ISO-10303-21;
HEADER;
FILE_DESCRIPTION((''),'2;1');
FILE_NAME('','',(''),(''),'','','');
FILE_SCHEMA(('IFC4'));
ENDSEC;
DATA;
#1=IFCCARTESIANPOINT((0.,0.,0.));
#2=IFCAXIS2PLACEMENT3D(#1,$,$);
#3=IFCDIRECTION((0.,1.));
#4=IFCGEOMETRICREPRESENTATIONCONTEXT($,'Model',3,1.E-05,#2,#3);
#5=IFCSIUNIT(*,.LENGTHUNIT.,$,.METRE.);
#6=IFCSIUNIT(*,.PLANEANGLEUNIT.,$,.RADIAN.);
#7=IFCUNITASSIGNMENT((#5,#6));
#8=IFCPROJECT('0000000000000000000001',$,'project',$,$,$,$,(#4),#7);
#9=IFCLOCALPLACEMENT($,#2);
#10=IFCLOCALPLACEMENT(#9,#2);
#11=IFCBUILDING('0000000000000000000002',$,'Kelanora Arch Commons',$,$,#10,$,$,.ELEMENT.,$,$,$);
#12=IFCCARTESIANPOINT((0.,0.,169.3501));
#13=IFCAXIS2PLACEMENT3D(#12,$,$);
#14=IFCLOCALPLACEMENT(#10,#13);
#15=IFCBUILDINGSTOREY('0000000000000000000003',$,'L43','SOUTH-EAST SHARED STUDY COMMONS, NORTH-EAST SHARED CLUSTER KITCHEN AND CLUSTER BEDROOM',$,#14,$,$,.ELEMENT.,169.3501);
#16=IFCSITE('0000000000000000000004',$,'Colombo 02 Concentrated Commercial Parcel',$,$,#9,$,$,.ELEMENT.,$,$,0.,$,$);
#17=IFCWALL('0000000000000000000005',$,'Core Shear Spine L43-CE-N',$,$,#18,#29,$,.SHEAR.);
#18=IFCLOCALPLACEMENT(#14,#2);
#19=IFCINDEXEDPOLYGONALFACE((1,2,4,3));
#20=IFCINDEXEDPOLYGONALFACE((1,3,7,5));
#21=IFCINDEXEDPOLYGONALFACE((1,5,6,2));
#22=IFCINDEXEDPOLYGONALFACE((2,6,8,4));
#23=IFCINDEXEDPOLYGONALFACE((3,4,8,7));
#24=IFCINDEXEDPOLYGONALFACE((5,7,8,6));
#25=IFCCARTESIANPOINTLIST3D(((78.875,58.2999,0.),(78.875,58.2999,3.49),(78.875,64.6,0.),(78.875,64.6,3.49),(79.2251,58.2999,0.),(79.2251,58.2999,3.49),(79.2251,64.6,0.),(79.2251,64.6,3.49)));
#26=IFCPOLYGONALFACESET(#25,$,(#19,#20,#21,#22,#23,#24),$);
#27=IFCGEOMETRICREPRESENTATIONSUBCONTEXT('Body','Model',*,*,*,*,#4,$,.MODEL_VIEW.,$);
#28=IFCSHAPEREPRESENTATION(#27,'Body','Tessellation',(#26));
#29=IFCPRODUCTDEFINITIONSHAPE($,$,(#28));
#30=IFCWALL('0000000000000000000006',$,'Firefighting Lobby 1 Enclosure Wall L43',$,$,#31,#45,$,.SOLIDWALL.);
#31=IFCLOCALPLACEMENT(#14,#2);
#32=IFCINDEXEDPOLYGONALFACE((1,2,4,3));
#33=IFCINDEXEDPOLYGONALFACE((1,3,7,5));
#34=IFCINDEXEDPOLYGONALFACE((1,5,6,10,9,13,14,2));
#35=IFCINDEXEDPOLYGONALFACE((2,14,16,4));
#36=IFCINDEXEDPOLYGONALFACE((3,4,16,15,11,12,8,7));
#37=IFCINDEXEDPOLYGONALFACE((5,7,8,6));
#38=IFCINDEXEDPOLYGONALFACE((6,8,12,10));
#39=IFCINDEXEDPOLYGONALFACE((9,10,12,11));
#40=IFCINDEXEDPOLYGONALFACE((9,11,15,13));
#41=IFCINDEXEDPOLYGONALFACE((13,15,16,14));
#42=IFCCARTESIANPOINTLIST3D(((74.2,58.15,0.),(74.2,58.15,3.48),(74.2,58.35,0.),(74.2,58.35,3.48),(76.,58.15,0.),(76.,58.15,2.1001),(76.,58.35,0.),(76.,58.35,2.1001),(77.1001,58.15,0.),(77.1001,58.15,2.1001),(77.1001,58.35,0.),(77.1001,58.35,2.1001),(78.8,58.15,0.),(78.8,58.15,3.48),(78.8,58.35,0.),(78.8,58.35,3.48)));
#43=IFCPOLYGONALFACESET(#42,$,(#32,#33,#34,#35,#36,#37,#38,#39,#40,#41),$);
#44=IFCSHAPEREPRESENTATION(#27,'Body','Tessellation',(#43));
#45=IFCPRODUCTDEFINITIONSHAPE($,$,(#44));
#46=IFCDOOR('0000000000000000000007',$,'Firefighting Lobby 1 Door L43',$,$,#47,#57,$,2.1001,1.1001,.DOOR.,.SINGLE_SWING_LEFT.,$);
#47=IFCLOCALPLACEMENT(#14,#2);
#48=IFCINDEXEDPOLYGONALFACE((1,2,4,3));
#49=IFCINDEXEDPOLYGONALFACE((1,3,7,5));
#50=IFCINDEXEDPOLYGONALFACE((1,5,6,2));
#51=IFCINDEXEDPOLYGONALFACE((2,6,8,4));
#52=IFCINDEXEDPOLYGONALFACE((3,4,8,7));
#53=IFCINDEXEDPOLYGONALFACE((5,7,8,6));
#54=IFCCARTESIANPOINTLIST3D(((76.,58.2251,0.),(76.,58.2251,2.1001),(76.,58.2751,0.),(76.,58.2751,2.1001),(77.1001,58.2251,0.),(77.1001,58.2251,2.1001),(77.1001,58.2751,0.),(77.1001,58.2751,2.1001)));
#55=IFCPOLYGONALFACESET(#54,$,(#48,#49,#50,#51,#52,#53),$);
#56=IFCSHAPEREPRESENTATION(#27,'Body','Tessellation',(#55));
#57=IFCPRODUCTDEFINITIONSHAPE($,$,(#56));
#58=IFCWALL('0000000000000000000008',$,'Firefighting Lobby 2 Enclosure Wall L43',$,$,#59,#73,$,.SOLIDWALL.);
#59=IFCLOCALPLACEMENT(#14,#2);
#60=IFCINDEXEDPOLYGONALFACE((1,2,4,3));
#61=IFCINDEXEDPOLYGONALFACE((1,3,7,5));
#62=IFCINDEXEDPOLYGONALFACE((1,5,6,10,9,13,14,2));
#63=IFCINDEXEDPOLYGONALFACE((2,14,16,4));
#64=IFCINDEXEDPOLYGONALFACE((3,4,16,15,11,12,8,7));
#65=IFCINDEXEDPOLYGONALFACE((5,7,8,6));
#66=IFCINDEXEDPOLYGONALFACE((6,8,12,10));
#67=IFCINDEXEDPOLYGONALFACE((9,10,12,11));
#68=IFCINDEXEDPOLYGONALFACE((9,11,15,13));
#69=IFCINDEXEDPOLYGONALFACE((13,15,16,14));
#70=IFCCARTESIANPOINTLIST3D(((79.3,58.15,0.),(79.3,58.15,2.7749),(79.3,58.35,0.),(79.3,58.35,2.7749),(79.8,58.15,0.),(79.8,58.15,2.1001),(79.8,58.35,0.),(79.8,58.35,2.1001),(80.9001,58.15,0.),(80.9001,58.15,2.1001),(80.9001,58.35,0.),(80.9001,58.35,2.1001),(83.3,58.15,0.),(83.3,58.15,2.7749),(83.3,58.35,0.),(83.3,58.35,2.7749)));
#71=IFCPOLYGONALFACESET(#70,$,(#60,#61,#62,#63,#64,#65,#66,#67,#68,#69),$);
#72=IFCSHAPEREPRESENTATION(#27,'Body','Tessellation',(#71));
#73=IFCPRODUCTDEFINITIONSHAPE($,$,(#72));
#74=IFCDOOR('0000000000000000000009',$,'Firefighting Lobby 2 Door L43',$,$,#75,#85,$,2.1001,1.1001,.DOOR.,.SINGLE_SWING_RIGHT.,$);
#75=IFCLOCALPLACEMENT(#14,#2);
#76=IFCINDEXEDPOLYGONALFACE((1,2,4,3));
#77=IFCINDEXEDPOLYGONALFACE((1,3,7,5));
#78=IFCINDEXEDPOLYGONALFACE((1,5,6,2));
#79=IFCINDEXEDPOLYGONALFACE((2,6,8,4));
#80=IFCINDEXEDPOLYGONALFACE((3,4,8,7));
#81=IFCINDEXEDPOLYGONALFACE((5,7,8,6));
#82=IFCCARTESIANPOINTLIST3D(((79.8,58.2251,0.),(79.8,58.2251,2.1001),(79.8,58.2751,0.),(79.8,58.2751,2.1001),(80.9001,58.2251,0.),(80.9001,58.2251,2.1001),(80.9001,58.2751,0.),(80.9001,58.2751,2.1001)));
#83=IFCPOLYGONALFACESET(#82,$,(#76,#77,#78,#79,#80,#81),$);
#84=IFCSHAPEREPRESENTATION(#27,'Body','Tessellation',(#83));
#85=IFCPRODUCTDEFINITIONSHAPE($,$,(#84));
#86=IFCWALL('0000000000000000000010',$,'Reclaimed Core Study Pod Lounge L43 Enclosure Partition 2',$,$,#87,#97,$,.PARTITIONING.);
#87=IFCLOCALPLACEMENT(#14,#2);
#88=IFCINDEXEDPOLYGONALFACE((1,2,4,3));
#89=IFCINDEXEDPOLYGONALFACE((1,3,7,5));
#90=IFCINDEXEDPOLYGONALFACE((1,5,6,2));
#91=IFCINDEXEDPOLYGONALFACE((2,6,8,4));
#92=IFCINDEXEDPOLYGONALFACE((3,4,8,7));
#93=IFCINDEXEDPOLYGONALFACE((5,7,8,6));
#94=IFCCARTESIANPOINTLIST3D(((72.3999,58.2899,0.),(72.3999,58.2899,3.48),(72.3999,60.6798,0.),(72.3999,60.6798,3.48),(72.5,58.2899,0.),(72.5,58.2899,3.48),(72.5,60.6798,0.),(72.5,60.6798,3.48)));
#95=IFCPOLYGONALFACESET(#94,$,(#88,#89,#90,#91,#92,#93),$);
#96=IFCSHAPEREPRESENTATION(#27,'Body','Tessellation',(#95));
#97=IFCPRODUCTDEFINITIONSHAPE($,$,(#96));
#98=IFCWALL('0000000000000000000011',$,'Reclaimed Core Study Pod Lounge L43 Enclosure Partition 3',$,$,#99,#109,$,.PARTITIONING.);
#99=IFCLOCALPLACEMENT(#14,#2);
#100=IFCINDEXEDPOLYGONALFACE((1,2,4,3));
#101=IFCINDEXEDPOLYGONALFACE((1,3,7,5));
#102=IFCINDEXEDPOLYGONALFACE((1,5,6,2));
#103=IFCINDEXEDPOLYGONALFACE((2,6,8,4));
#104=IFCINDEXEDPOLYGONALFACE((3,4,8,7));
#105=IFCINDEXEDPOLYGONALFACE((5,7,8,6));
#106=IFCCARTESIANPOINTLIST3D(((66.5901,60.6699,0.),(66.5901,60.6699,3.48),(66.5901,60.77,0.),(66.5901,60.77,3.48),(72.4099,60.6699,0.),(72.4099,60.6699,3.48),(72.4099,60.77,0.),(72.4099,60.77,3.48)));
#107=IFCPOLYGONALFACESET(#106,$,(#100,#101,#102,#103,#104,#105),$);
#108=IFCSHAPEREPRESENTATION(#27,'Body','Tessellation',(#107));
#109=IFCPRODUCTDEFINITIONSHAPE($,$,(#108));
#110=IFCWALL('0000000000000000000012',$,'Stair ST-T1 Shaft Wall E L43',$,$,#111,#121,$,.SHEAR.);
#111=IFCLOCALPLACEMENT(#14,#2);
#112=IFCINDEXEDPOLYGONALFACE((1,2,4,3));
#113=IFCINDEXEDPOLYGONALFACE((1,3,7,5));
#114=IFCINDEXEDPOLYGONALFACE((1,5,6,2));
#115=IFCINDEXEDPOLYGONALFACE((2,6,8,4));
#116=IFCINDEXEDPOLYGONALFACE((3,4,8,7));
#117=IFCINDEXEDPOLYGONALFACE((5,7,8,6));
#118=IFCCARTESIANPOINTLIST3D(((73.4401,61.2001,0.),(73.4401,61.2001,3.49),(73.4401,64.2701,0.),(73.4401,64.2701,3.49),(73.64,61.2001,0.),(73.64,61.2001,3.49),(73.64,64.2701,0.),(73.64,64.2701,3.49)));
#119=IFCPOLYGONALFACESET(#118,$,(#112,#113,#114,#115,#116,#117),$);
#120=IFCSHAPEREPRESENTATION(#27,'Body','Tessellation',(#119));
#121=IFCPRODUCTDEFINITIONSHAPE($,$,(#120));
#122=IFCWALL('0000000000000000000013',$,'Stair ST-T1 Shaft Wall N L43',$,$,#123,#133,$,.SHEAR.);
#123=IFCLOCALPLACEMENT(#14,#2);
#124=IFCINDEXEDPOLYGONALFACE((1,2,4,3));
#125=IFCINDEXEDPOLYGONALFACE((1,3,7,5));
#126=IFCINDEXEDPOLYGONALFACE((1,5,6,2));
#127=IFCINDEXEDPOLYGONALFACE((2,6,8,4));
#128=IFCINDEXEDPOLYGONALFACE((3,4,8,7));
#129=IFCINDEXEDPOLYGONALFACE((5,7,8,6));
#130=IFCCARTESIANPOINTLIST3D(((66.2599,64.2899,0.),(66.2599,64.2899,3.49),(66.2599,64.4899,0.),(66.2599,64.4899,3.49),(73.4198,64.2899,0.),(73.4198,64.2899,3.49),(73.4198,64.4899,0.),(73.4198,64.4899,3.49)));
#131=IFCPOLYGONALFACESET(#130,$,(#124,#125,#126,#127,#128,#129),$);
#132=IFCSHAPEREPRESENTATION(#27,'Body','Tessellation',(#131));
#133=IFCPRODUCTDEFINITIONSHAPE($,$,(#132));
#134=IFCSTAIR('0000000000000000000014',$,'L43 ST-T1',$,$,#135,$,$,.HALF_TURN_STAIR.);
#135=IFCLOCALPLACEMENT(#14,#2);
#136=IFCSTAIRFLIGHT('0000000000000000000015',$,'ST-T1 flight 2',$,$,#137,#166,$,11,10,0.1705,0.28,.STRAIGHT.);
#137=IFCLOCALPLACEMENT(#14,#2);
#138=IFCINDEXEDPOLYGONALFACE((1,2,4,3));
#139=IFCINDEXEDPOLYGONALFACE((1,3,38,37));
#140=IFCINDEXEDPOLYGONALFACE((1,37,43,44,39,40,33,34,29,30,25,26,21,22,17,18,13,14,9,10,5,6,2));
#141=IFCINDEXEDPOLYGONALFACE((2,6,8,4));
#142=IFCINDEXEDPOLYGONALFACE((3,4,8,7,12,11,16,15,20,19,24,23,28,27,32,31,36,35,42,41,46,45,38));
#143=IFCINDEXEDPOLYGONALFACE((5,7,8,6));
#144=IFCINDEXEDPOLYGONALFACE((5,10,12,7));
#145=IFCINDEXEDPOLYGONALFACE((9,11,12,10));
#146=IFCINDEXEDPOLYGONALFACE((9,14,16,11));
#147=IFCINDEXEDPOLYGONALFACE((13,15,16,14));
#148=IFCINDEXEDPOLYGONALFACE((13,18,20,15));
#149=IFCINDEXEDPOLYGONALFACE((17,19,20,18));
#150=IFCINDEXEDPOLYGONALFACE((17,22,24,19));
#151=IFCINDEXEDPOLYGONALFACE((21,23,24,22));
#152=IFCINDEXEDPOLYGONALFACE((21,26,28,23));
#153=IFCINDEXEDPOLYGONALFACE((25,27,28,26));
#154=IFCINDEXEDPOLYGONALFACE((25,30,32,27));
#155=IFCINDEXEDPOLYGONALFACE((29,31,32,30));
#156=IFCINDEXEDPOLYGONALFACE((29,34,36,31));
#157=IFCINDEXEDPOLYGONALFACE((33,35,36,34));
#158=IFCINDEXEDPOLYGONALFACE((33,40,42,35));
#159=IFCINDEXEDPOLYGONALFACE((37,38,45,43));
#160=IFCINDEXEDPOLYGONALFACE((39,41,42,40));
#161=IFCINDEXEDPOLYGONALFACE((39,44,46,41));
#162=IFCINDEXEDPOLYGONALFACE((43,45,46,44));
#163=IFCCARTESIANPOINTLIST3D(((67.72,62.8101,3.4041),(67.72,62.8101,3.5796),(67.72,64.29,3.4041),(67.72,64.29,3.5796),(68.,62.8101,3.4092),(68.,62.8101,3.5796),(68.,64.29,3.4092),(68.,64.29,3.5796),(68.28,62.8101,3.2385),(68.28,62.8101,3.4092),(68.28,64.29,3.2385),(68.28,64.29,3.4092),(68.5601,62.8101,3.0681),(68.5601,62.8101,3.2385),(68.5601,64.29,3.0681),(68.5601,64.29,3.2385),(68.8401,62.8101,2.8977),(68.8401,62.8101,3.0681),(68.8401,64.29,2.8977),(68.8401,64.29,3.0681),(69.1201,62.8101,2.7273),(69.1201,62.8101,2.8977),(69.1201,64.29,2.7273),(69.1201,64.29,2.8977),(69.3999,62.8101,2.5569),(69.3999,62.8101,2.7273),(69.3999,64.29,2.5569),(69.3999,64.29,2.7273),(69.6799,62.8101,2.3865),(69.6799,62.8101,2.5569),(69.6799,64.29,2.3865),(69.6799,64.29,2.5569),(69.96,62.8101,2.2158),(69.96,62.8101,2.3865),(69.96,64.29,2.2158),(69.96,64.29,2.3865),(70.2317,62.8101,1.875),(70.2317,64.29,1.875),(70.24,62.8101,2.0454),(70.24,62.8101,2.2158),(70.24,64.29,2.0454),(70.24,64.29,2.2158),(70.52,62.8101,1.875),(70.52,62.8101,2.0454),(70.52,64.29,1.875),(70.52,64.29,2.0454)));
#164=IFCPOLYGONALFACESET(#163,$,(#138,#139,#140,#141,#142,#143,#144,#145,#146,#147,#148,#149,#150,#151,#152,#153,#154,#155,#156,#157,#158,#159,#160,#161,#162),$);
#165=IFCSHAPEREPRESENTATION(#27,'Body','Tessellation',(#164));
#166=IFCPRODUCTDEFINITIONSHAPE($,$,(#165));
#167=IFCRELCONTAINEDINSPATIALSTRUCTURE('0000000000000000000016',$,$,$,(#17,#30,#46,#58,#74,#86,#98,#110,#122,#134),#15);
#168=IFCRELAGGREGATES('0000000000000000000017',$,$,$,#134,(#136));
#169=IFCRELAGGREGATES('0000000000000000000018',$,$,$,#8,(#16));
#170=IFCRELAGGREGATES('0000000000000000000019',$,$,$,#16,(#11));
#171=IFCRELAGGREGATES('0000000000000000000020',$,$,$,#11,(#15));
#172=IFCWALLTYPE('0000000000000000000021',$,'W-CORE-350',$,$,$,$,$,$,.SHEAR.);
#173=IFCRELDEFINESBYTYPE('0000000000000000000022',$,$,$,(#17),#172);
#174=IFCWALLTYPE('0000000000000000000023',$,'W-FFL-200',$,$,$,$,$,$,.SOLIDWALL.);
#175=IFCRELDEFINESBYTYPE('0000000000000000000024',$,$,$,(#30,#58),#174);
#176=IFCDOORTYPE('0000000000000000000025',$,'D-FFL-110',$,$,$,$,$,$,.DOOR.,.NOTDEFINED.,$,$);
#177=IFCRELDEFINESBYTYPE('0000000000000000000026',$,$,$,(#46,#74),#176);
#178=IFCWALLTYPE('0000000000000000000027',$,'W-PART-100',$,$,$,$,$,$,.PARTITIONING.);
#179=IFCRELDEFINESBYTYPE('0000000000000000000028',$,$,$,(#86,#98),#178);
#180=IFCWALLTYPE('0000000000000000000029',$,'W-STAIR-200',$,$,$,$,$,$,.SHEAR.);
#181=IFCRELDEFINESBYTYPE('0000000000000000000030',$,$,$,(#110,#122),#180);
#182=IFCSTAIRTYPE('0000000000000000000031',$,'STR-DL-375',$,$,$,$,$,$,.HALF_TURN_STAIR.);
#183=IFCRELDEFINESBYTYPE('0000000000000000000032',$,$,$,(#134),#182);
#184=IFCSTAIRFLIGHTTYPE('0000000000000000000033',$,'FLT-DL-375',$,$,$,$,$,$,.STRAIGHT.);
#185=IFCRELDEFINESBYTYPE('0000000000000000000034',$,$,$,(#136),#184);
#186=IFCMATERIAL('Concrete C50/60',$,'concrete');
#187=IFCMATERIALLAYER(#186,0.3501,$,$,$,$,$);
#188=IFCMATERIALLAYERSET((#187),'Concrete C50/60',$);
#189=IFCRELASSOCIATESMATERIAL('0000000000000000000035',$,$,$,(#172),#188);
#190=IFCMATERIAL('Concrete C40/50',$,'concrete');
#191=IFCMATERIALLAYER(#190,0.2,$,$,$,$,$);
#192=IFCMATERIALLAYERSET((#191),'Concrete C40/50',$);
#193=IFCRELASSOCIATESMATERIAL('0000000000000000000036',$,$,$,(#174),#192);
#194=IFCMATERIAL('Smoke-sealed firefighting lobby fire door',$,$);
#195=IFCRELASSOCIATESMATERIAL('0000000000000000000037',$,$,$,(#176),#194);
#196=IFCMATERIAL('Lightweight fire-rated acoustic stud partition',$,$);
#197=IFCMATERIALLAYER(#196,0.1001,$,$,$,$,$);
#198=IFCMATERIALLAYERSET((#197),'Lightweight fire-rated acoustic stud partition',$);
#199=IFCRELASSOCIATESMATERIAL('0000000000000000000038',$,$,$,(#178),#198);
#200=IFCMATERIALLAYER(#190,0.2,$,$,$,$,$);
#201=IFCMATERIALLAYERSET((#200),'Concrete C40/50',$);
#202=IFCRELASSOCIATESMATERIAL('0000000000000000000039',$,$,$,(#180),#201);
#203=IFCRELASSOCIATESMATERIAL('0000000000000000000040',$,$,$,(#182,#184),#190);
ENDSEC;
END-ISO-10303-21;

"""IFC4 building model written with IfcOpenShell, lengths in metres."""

from ifc_helpers import new_model, si_unit, direction, frame, frame_2d, origin, place, context, subcontext, project, spatial, polyline, rectangle, outline, extrude, material, layer, layer_set, type_object, element, fill, aggregate, save


model = new_model("IFC4")

# Units and contexts
model_context = context("Model", 3, precision=1e-05, world=origin(), true_north=direction((0.0, 1.0)))
body_context = subcontext(model_context, "Body", "Model", "MODEL_VIEW")
ifc_project = project(units=[si_unit("LENGTHUNIT", "METRE"), si_unit("PLANEANGLEUNIT", "RADIAN")], contexts=[model_context])

# Site, building, storey
site_placement = place(None, origin())
site = spatial("IfcSite", under=ifc_project, at=site_placement, Name="Colombo 02 Concentrated Commercial Parcel", CompositionType="ELEMENT", RefElevation=0.0)
building_placement = place(site_placement, origin())
building = spatial("IfcBuilding", under=site, at=building_placement, Name="Kelanora Arch Commons", CompositionType="ELEMENT")
storey_placement = place(building_placement, frame((0.0, 0.0, 169.3501)))
storey = spatial("IfcBuildingStorey", under=building, at=storey_placement, Name="L43", Description="SOUTH-EAST SHARED STUDY COMMONS, NORTH-EAST SHARED CLUSTER KITCHEN AND CLUSTER BEDROOM", CompositionType="ELEMENT", Elevation=169.3501)

# Wall
ifc_material_1 = material(Name="Concrete C50/60", Category="concrete")
ifc_layer_1 = layer(ifc_material_1, 0.3501)
ifc_layer_set_1 = layer_set([ifc_layer_1], Name="Concrete C50/60")
wall_type_1 = type_object("IfcWallType", Name="W-CORE-350", PredefinedType="SHEAR", material=ifc_layer_set_1)
wall_1_placement = place(storey_placement, frame((79.05, 58.3, 0.0), z_axis=(0.0, 0.0, 1.0), x_axis=(0.0, 1.0, 0.0)))
element("IfcWall", 1, at=wall_1_placement, inside=storey, type_object=wall_type_1, Name="Core Shear Spine L43-CE-N", PredefinedType="SHEAR", context=body_context, shape_type="SweptSolid", body=[
    extrude(rectangle(XDim=6.3, YDim=0.3501, at=frame_2d((3.1499, 0.0))), origin(), (0.0, 0.0, 1.0), 3.49),
])

# Walls, openings, doors
ifc_material_2 = material(Name="Concrete C40/50", Category="concrete")
ifc_layer_2 = layer(ifc_material_2, 0.2)
ifc_layer_set_2 = layer_set([ifc_layer_2], Name="Concrete C40/50")
wall_type_2 = type_object("IfcWallType", Name="W-FFL-200", PredefinedType="SOLIDWALL", material=ifc_layer_set_2)
wall_2_placement = place(storey_placement, frame((74.2, 58.25, 0.0), z_axis=(0.0, 0.0, 1.0), x_axis=(1.0, 0.0, 0.0)))
wall_2 = element("IfcWall", 2, at=wall_2_placement, inside=storey, type_object=wall_type_2, Name="Firefighting Lobby 1 Enclosure Wall L43", PredefinedType="SOLIDWALL", context=body_context, shape_type="SweptSolid", body=[
    extrude(rectangle(XDim=4.6001, YDim=0.2, at=frame_2d((2.3, 0.0))), origin(), (0.0, 0.0, 1.0), 3.48),
])
opening_1_placement = place(wall_2_placement, frame((1.8, 0.0, 0.0)))
opening_1 = element("IfcOpeningElement", 3, at=opening_1_placement, cuts=wall_2, PredefinedType="OPENING", context=body_context, shape_type="SweptSolid", body=[
    extrude(rectangle(XDim=1.1001, YDim=2.1001, at=frame_2d((0.55, 1.05))), frame((0.0, 0.1099, 0.0), z_axis=(0.0, -1.0, 0.0), x_axis=(1.0, 0.0, 0.0)), (0.0, 0.0, 1.0), 0.22),
])
ifc_material_3 = material(Name="Smoke-sealed firefighting lobby fire door")
door_type_1 = type_object("IfcDoorType", Name="D-FFL-110", OperationType="NOTDEFINED", PredefinedType="DOOR", material=ifc_material_3)
door_1_placement = place(opening_1_placement, frame((1.1001, 0.0, 0.0), z_axis=(0.0, 0.0, 1.0), x_axis=(-1.0, 0.0, 0.0)))
door_1 = element("IfcDoor", 4, at=door_1_placement, inside=storey, type_object=door_type_1, Name="Firefighting Lobby 1 Door L43", OperationType="SINGLE_SWING_LEFT", OverallHeight=2.1001, OverallWidth=1.1001, PredefinedType="DOOR", context=body_context, shape_type="SweptSolid", body=[
    extrude(rectangle(XDim=1.1001, YDim=2.1001, at=frame_2d((0.55, 1.05))), frame((0.0, 0.0249, 0.0), z_axis=(0.0, -1.0, 0.0), x_axis=(1.0, 0.0, 0.0)), (0.0, 0.0, 1.0), 0.05),
])
fill(opening_1, door_1)
wall_3_placement = place(storey_placement, frame((79.3, 58.25, 0.0), z_axis=(0.0, 0.0, 1.0), x_axis=(1.0, 0.0, 0.0)))
wall_3 = element("IfcWall", 5, at=wall_3_placement, inside=storey, type_object=wall_type_2, Name="Firefighting Lobby 2 Enclosure Wall L43", PredefinedType="SOLIDWALL", context=body_context, shape_type="SweptSolid", body=[
    extrude(rectangle(XDim=4.0, YDim=0.2, at=frame_2d((2.0, 0.0))), origin(), (0.0, 0.0, 1.0), 2.7749),
])
opening_2_placement = place(wall_3_placement, frame((0.5, 0.0, 0.0)))
opening_2 = element("IfcOpeningElement", 6, at=opening_2_placement, cuts=wall_3, PredefinedType="OPENING", context=body_context, shape_type="SweptSolid", body=[
    extrude(rectangle(XDim=1.1001, YDim=2.1001, at=frame_2d((0.55, 1.05))), frame((0.0, 0.1099, 0.0), z_axis=(0.0, -1.0, 0.0), x_axis=(1.0, 0.0, 0.0)), (0.0, 0.0, 1.0), 0.22),
])
door_2_placement = place(opening_2_placement, frame((1.1001, 0.0, 0.0), z_axis=(0.0, 0.0, 1.0), x_axis=(-1.0, 0.0, 0.0)))
door_2 = element("IfcDoor", 7, at=door_2_placement, inside=storey, type_object=door_type_1, Name="Firefighting Lobby 2 Door L43", OperationType="SINGLE_SWING_RIGHT", OverallHeight=2.1001, OverallWidth=1.1001, PredefinedType="DOOR", context=body_context, shape_type="SweptSolid", body=[
    extrude(rectangle(XDim=1.1001, YDim=2.1001, at=frame_2d((0.55, 1.05))), frame((0.0, 0.0249, 0.0), z_axis=(0.0, -1.0, 0.0), x_axis=(1.0, 0.0, 0.0)), (0.0, 0.0, 1.0), 0.05),
])
fill(opening_2, door_2)

# Walls
ifc_material_4 = material(Name="Lightweight fire-rated acoustic stud partition")
ifc_layer_3 = layer(ifc_material_4, 0.1001)
ifc_layer_set_3 = layer_set([ifc_layer_3], Name="Lightweight fire-rated acoustic stud partition")
wall_type_3 = type_object("IfcWallType", Name="W-PART-100", PredefinedType="PARTITIONING", material=ifc_layer_set_3)
wall_4_placement = place(storey_placement, frame((72.45, 58.29, 0.0), z_axis=(0.0, 0.0, 1.0), x_axis=(0.0, 1.0, 0.0)))
element("IfcWall", 8, at=wall_4_placement, inside=storey, type_object=wall_type_3, Name="Reclaimed Core Study Pod Lounge L43 Enclosure Partition 2", PredefinedType="PARTITIONING", context=body_context, shape_type="SweptSolid", body=[
    extrude(rectangle(XDim=2.3899, YDim=0.1001, at=frame_2d((1.1948, 0.0))), origin(), (0.0, 0.0, 1.0), 3.48),
])
wall_5_placement = place(storey_placement, frame((72.4099, 60.72, 0.0), z_axis=(0.0, 0.0, 1.0), x_axis=(-1.0, 0.0, 0.0)))
element("IfcWall", 9, at=wall_5_placement, inside=storey, type_object=wall_type_3, Name="Reclaimed Core Study Pod Lounge L43 Enclosure Partition 3", PredefinedType="PARTITIONING", context=body_context, shape_type="SweptSolid", body=[
    extrude(rectangle(XDim=5.8198, YDim=0.1001, at=frame_2d((2.9099, 0.0))), origin(), (0.0, 0.0, 1.0), 3.48),
])
ifc_layer_4 = layer(ifc_material_2, 0.2)
ifc_layer_set_4 = layer_set([ifc_layer_4], Name="Concrete C40/50")
wall_type_4 = type_object("IfcWallType", Name="W-STAIR-200", PredefinedType="SHEAR", material=ifc_layer_set_4)
wall_6_placement = place(storey_placement, frame((73.54, 61.2, 0.0), z_axis=(0.0, 0.0, 1.0), x_axis=(0.0, 1.0, 0.0)))
element("IfcWall", 10, at=wall_6_placement, inside=storey, type_object=wall_type_4, Name="Stair ST-T1 Shaft Wall E L43", PredefinedType="SHEAR", context=body_context, shape_type="SweptSolid", body=[
    extrude(rectangle(XDim=3.0701, YDim=0.2, at=frame_2d((1.5352, 0.0))), origin(), (0.0, 0.0, 1.0), 3.49),
])
wall_7_placement = place(storey_placement, frame((73.4199, 64.3899, 0.0), z_axis=(0.0, 0.0, 1.0), x_axis=(-1.0, 0.0, 0.0)))
element("IfcWall", 11, at=wall_7_placement, inside=storey, type_object=wall_type_4, Name="Stair ST-T1 Shaft Wall N L43", PredefinedType="SHEAR", context=body_context, shape_type="SweptSolid", body=[
    extrude(rectangle(XDim=7.1599, YDim=0.2, at=frame_2d((3.5801, 0.0))), origin(), (0.0, 0.0, 1.0), 3.49),
])

# Stair, stair flight
stair_type = type_object("IfcStairType", Name="STR-DL-375", PredefinedType="HALF_TURN_STAIR", material=ifc_material_2)
stair_placement = place(storey_placement, origin())
stair = element("IfcStair", 12, at=stair_placement, inside=storey, type_object=stair_type, Name="L43 ST-T1", PredefinedType="HALF_TURN_STAIR")
stair_flight_type = type_object("IfcStairFlightType", Name="FLT-DL-375", PredefinedType="STRAIGHT", material=ifc_material_2)
stair_flight_placement = place(storey_placement, frame((70.52, 63.55, 1.875), z_axis=(0.0, 0.0, 1.0), x_axis=(-1.0, 0.0, 0.0)))
stair_flight = element("IfcStairFlight", 13, at=stair_flight_placement, type_object=stair_flight_type, Name="ST-T1 flight 2", NumberOfRisers=11, NumberOfTreads=10, PredefinedType="STRAIGHT", RiserHeight=0.1705, TreadLength=0.28, context=body_context, shape_type="SweptSolid", body=[
    extrude(outline(polyline([(0.0, 0.0), (0.0, 0.1704), (0.28, 0.1704), (0.28, 0.3408), (0.5601, 0.3408), (0.5601, 0.5115), (0.8401, 0.5115), (0.8401, 0.6819), (1.1201, 0.6819), (1.1201, 0.8523), (1.3999, 0.8523), (1.3999, 1.0227), (1.6799, 1.0227), (1.6799, 1.1931), (1.96, 1.1931), (1.96, 1.3635), (2.24, 1.3635), (2.24, 1.5342), (2.52, 1.5342), (2.52, 1.7046), (2.8, 1.7046), (2.8, 1.875), (2.8, 1.5291), (0.2883, 0.0), (0.0, 0.0)])), frame((0.0, 0.74, 0.0), z_axis=(0.0, -1.0, 0.0), x_axis=(1.0, 0.0, 0.0)), (0.0, 0.0, 1.0), 1.48),
])
aggregate(stair, [stair_flight])

save(model, "model.ifc")
